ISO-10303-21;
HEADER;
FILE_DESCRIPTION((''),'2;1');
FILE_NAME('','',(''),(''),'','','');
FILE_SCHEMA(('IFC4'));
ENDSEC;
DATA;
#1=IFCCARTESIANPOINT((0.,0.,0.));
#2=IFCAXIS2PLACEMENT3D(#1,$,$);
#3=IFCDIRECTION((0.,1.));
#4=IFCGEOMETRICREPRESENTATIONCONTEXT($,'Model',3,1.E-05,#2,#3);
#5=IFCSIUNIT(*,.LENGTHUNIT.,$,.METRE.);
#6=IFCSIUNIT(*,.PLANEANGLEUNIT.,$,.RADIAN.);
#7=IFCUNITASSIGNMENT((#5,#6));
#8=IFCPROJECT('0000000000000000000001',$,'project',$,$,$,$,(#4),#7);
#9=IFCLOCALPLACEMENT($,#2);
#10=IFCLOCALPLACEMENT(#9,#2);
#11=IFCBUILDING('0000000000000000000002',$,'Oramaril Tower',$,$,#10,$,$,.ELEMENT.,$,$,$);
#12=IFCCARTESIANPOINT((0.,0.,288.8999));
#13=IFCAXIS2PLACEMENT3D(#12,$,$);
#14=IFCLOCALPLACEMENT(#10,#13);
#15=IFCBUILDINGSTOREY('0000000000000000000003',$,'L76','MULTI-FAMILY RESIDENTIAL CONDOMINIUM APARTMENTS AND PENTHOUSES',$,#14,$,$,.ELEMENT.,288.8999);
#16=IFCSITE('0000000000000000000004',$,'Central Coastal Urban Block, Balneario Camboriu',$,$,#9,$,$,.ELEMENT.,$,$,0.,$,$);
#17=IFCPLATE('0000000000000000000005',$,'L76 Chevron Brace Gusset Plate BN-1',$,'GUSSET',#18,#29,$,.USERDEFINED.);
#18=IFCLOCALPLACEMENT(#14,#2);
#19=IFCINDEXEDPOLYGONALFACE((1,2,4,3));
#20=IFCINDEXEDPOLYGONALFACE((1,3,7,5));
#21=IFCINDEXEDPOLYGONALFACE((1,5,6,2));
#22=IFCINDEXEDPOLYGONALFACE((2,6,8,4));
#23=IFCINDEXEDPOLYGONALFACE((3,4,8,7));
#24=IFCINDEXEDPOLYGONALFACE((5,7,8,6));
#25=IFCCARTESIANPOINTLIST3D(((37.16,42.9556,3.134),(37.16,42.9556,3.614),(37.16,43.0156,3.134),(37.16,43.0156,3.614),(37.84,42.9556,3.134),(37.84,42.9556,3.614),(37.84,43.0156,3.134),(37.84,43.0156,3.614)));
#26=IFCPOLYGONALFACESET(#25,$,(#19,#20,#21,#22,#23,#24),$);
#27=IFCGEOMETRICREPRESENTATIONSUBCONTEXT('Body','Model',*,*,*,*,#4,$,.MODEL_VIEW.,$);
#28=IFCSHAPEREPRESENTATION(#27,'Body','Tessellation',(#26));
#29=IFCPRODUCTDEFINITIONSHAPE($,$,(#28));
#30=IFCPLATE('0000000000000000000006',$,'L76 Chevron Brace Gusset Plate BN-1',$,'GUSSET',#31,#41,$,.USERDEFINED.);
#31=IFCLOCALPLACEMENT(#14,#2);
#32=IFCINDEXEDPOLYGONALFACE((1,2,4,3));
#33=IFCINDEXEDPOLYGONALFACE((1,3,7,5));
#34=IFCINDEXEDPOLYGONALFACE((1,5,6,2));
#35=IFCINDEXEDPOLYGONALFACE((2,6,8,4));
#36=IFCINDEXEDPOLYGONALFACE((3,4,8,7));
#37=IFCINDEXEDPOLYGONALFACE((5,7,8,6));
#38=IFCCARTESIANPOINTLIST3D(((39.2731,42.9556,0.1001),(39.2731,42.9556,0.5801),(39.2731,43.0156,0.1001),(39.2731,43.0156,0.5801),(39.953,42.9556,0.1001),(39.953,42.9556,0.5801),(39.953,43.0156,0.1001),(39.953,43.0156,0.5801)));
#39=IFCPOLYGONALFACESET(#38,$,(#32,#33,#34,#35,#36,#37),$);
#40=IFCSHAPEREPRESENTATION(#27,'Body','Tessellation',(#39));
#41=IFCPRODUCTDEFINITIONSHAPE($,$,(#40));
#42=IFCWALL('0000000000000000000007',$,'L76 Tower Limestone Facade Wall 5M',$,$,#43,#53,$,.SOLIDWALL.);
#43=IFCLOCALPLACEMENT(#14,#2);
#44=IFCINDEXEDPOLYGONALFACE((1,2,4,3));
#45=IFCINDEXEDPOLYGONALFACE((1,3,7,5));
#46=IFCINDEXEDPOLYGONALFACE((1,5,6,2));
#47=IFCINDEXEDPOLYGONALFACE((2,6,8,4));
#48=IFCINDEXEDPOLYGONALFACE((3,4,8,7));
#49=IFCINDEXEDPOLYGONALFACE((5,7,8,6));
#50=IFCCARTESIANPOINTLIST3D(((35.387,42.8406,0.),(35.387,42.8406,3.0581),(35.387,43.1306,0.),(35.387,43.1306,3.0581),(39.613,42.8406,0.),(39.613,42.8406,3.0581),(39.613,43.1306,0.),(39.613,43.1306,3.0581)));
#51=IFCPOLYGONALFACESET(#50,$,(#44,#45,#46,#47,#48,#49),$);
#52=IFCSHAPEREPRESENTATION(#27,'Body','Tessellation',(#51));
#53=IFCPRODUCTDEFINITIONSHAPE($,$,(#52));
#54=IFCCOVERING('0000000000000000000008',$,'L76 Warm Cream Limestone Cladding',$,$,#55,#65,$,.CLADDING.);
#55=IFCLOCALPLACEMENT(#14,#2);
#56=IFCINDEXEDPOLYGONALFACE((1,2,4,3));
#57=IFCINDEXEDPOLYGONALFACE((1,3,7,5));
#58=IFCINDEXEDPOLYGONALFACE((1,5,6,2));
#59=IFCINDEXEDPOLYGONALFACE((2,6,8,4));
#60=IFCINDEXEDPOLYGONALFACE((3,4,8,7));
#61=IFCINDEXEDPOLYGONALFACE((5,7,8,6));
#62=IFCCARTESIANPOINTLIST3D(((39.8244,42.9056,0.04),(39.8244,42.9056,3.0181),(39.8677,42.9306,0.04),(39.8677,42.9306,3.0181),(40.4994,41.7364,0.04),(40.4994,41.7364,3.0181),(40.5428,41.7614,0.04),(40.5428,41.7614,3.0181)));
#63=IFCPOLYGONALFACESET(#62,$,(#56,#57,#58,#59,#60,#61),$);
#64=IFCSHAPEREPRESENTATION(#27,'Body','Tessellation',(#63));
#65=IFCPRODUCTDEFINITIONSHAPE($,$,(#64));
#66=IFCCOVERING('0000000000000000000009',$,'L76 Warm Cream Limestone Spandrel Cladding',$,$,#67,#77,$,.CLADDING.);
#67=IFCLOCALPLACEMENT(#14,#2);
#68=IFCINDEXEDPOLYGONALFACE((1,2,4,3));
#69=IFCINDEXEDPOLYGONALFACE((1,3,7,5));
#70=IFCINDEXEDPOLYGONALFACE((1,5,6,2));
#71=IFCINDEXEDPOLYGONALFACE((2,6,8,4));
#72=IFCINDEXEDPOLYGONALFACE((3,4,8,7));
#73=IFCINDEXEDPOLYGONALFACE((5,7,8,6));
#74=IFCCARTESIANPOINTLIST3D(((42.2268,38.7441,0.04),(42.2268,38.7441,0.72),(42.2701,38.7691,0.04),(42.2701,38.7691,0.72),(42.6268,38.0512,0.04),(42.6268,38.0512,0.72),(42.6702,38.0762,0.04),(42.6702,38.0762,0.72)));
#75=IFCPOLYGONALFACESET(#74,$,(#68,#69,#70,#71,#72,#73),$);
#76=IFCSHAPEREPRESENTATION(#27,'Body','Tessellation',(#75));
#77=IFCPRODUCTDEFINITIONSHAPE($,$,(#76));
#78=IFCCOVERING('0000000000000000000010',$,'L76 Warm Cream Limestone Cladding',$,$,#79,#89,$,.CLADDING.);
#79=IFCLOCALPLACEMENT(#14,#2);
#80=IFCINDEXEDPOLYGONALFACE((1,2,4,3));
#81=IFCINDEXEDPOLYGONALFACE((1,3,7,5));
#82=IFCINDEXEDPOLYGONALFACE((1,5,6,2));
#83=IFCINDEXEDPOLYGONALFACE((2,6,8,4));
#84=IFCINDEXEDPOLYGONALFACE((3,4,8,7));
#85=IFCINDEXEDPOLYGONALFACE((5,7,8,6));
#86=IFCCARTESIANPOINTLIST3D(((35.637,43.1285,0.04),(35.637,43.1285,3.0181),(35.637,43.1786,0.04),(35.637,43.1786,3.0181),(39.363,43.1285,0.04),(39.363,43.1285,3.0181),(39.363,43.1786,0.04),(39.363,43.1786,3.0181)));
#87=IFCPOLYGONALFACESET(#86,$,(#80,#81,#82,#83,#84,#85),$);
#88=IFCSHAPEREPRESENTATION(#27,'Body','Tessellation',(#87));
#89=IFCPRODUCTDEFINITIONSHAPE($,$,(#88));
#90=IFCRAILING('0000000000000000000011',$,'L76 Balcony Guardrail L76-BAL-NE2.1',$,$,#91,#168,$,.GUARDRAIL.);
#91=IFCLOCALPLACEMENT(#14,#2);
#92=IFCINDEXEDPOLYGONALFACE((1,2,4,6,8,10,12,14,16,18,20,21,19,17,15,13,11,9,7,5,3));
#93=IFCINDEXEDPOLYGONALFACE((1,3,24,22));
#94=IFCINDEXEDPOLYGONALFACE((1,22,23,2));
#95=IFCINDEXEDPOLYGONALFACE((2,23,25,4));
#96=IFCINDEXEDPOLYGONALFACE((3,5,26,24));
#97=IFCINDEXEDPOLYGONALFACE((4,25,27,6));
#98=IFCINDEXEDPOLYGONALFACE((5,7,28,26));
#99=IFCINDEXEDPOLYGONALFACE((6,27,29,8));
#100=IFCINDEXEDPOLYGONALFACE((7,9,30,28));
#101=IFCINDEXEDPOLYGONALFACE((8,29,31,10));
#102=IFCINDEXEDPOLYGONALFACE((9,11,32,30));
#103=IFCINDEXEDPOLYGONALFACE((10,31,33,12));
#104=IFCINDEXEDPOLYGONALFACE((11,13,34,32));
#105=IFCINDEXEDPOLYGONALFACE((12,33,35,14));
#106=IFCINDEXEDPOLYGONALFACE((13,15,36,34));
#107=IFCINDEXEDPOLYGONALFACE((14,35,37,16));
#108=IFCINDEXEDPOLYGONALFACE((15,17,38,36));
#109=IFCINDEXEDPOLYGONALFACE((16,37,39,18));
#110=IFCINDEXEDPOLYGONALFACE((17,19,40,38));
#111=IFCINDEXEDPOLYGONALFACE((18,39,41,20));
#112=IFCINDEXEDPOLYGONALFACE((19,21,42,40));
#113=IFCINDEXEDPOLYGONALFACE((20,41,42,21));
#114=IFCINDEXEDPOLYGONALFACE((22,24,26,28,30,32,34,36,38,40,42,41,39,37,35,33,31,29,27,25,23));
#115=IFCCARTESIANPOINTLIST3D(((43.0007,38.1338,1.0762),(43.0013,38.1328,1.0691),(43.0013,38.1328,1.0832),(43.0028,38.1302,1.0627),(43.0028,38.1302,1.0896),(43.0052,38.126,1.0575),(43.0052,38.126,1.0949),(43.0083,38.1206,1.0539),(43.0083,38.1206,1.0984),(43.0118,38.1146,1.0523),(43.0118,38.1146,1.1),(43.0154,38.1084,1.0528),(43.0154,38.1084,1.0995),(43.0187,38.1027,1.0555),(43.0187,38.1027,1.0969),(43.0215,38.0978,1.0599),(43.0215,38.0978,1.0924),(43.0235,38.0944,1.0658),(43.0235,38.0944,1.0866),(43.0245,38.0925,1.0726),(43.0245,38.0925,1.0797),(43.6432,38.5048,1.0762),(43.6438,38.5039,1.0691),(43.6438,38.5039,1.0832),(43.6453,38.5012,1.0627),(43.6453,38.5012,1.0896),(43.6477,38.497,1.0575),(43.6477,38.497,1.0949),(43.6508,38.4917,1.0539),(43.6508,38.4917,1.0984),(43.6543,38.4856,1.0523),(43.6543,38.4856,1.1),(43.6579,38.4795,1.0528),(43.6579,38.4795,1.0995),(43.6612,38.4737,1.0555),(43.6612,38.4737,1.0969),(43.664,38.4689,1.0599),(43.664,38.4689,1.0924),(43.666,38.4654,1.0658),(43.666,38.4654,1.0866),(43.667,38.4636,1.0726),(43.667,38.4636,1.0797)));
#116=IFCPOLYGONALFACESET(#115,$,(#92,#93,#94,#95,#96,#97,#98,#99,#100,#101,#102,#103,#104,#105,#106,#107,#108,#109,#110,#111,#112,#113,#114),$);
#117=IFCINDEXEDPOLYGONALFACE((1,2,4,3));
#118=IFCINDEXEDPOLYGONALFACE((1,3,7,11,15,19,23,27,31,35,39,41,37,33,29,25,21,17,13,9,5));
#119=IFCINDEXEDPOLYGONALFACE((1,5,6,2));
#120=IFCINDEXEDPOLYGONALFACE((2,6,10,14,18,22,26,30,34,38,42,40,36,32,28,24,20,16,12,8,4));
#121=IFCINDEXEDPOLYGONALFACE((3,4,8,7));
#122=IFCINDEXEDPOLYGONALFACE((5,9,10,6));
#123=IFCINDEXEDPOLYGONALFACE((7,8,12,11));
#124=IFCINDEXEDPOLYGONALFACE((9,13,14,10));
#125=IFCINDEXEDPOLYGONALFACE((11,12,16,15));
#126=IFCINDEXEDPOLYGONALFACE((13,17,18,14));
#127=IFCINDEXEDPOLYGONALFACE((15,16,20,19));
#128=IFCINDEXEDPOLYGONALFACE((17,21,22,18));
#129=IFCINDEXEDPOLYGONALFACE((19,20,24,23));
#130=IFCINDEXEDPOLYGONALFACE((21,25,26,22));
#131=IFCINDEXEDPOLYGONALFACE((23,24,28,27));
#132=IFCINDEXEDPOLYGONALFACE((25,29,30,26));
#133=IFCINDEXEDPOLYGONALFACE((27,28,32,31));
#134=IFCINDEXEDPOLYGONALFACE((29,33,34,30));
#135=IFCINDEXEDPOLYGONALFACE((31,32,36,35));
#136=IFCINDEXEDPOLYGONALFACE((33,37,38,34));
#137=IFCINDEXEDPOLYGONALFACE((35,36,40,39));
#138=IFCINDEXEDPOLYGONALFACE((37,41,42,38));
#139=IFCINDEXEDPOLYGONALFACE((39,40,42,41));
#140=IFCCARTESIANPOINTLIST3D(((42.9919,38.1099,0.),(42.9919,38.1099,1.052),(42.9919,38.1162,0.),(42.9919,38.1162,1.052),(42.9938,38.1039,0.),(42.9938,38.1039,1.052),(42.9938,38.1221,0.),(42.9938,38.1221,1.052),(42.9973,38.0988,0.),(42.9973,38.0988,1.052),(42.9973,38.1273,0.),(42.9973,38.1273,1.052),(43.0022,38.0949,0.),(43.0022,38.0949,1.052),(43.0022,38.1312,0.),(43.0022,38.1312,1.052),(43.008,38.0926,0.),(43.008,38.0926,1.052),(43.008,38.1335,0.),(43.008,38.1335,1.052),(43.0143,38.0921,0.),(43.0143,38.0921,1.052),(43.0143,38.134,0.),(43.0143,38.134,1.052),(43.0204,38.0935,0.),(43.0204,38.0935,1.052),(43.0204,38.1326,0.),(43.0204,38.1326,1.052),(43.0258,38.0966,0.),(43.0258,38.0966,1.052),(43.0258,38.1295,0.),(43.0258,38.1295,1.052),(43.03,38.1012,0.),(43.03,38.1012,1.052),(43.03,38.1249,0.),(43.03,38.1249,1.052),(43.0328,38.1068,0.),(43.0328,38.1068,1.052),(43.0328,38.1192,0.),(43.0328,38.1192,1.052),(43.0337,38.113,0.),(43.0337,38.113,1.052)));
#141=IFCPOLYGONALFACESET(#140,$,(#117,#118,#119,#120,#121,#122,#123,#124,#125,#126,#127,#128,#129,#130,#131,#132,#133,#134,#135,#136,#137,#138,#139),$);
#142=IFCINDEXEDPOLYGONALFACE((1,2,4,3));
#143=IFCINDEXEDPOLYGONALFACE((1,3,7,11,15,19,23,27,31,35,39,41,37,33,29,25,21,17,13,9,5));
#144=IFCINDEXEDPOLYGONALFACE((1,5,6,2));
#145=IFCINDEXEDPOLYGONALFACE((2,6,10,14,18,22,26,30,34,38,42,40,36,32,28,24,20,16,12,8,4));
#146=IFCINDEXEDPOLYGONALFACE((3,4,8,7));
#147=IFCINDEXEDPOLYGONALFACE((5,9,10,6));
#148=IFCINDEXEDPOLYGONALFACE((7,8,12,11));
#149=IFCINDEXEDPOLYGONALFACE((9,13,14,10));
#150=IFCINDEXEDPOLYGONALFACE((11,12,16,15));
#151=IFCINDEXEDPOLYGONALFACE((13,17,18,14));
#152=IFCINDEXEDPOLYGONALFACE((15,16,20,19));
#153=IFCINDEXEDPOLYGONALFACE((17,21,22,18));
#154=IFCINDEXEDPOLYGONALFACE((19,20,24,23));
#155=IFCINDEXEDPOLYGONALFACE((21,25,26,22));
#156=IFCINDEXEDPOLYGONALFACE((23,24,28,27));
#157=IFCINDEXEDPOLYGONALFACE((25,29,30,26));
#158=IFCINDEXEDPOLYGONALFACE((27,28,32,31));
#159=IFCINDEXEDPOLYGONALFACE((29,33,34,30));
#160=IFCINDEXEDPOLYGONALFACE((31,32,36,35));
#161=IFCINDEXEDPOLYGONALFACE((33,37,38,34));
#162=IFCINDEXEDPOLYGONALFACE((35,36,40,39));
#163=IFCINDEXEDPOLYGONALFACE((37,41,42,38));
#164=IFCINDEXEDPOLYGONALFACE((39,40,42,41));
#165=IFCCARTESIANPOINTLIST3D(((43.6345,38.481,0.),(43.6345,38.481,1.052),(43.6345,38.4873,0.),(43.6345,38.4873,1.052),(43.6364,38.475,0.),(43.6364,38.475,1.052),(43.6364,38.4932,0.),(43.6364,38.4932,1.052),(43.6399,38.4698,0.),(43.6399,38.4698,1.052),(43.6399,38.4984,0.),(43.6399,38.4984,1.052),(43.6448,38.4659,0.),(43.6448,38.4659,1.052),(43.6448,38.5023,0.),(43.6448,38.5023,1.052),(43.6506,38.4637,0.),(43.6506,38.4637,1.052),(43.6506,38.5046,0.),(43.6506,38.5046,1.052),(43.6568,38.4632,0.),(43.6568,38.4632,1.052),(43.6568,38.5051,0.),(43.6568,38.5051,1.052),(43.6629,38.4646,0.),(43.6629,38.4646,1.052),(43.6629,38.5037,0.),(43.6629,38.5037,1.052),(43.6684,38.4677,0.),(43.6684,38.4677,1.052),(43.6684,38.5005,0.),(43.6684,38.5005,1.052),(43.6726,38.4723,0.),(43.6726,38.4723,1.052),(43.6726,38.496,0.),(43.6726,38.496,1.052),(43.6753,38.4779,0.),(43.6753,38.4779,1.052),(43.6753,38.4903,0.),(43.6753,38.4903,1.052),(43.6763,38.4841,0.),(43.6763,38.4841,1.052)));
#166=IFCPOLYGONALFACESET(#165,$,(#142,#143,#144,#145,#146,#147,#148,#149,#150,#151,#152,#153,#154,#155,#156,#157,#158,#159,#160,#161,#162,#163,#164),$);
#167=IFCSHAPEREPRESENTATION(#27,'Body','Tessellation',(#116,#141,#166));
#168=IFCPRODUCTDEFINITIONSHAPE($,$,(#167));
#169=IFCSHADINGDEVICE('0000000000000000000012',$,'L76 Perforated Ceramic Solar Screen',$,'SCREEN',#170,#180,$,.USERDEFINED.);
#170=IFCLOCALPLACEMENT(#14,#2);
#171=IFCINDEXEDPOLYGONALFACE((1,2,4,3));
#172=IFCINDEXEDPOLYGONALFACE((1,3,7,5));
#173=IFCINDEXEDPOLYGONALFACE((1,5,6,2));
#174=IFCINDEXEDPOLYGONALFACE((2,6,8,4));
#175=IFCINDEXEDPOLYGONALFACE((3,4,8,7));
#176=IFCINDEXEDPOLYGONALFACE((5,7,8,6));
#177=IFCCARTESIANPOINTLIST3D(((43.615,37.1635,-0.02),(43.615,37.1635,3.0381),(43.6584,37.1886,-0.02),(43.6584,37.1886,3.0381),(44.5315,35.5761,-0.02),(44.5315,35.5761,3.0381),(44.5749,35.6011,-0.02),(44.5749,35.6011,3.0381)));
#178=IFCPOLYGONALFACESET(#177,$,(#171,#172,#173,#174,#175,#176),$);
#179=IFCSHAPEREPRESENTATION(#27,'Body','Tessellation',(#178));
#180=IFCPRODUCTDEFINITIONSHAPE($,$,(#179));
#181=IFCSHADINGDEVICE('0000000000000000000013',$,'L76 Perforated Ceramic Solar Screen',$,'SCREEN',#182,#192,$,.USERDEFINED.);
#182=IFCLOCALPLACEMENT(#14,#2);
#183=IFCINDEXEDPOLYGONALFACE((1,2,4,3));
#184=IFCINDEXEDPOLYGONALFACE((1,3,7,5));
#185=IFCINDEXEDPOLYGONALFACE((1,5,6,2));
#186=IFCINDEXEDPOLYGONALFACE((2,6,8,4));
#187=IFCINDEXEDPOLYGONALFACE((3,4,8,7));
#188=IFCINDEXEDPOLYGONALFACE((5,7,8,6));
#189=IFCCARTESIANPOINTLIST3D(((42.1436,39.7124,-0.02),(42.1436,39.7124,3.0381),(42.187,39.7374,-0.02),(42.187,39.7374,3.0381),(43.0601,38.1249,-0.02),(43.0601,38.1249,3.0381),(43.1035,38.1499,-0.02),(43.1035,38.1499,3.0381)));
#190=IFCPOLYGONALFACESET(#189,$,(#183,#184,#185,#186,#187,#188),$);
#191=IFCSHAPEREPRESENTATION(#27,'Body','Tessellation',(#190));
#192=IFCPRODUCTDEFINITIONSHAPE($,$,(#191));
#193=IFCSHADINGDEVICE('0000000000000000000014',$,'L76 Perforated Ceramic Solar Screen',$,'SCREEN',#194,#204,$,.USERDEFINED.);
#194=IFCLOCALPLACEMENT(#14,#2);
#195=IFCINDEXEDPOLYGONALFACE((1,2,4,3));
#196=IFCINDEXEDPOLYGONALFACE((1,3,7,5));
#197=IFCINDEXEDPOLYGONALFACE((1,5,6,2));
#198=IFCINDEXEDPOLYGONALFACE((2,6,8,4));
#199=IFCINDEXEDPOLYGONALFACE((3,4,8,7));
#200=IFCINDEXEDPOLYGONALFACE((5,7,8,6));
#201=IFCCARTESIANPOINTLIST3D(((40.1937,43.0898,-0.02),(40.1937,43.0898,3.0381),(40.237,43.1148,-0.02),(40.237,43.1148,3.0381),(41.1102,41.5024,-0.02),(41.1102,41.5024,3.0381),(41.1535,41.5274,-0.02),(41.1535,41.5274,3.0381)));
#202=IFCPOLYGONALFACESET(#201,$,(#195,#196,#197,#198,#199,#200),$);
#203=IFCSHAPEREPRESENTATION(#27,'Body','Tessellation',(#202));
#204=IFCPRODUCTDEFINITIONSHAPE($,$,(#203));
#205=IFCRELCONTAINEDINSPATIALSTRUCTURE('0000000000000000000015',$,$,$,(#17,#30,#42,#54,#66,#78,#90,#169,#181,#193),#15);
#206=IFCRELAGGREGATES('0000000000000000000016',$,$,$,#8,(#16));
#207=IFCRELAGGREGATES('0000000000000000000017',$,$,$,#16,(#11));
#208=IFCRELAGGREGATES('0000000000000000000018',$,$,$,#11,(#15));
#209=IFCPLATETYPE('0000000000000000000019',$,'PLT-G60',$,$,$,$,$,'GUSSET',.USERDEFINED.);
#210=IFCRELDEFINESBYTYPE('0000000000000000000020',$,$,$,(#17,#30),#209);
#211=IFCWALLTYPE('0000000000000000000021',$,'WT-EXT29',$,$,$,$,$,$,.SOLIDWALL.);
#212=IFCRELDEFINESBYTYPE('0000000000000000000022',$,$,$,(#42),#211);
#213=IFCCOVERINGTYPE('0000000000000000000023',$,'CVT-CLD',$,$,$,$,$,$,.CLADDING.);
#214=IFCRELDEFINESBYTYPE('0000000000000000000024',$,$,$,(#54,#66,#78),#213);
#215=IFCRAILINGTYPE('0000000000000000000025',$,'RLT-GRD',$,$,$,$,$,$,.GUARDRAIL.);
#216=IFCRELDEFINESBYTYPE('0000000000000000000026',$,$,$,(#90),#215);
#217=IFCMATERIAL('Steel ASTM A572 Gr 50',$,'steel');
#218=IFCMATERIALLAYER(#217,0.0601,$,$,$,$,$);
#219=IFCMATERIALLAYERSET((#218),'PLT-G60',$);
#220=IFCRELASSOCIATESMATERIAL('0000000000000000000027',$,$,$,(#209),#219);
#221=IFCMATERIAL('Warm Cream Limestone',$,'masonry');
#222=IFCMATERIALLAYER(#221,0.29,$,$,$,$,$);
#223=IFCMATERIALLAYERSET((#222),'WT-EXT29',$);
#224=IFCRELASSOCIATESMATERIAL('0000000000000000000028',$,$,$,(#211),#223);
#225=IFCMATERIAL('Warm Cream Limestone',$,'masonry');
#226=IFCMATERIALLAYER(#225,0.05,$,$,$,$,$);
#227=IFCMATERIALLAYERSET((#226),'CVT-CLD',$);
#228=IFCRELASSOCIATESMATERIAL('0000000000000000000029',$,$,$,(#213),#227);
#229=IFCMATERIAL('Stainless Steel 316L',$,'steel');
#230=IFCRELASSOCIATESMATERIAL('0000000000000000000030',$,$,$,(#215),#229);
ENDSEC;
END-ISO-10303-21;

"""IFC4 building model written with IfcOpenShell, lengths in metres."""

from ifc_helpers import new_model, si_unit, direction, frame, frame_2d, origin, origin_2d, place, context, subcontext, project, spatial, rectangle, circle, extrude, material, layer, layer_set, type_object, element, save


model = new_model("IFC4")

# Units and contexts
model_context = context("Model", 3, precision=1e-05, world=origin(), true_north=direction((0.0, 1.0)))
body_context = subcontext(model_context, "Body", "Model", "MODEL_VIEW")
ifc_project = project(units=[si_unit("LENGTHUNIT", "METRE"), si_unit("PLANEANGLEUNIT", "RADIAN")], contexts=[model_context])

# Site, building, storey
site_placement = place(None, origin())
site = spatial("IfcSite", under=ifc_project, at=site_placement, Name="Central Coastal Urban Block, Balneario Camboriu", CompositionType="ELEMENT", RefElevation=0.0)
building_placement = place(site_placement, origin())
building = spatial("IfcBuilding", under=site, at=building_placement, Name="Oramaril Tower", CompositionType="ELEMENT")
storey_placement = place(building_placement, frame((0.0, 0.0, 288.8999)))
storey = spatial("IfcBuildingStorey", under=building, at=storey_placement, Name="L76", Description="MULTI-FAMILY RESIDENTIAL CONDOMINIUM APARTMENTS AND PENTHOUSES", CompositionType="ELEMENT", Elevation=288.8999)

# Plates
ifc_material_1 = material(Name="Steel ASTM A572 Gr 50", Category="steel")
ifc_layer_1 = layer(ifc_material_1, 0.0601)
ifc_layer_set_1 = layer_set([ifc_layer_1], Name="PLT-G60")
plate_type = type_object("IfcPlateType", Name="PLT-G60", ElementType="GUSSET", PredefinedType="USERDEFINED", material=ifc_layer_set_1)
for number, where, z_axis, x_axis, name in (
    (1, (37.5, 42.9856, 3.134), (0.0, 0.0, 1.0), (-1.0, 0.0, 0.0), "L76 Chevron Brace Gusset Plate BN-1"),
    (2, (39.613, 42.9856, 0.1001), (0.0, 0.0, 1.0), (-1.0, 0.0, 0.0), "L76 Chevron Brace Gusset Plate BN-1"),
):
    element("IfcPlate", number, at=place(storey_placement, frame(where, z_axis=z_axis, x_axis=x_axis)), inside=storey, type_object=plate_type, Name=name, ObjectType="GUSSET", PredefinedType="USERDEFINED", context=body_context, shape_type="SweptSolid", body=[
        extrude(rectangle(XDim=0.6799, YDim=0.0601, at=origin_2d()), origin(), (0.0, 0.0, 1.0), 0.48),
    ])

# Wall
ifc_material_2 = material(Name="Warm Cream Limestone", Category="masonry")
ifc_layer_2 = layer(ifc_material_2, 0.29)
ifc_layer_set_2 = layer_set([ifc_layer_2], Name="WT-EXT29")
wall_type = type_object("IfcWallType", Name="WT-EXT29", PredefinedType="SOLIDWALL", material=ifc_layer_set_2)
wall_placement = place(storey_placement, frame((39.613, 42.9856, 0.0), z_axis=(0.0, 0.0, 1.0), x_axis=(-1.0, 0.0, 0.0)))
element("IfcWall", 3, at=wall_placement, inside=storey, type_object=wall_type, Name="L76 Tower Limestone Facade Wall 5M", PredefinedType="SOLIDWALL", context=body_context, shape_type="SweptSolid", body=[
    extrude(rectangle(XDim=4.2261, YDim=0.29, at=frame_2d((2.113, 0.0))), origin(), (0.0, 0.0, 1.0), 3.0581),
])

# Coverings
ifc_material_3 = material(Name="Warm Cream Limestone", Category="masonry")
ifc_layer_3 = layer(ifc_material_3, 0.05)
ifc_layer_set_3 = layer_set([ifc_layer_3], Name="CVT-CLD")
covering_type = type_object("IfcCoveringType", Name="CVT-CLD", PredefinedType="CLADDING", material=ifc_layer_set_3)
covering_1_placement = place(storey_placement, frame((40.1836, 42.3335, 0.04), z_axis=(0.0, 0.0, 1.0), x_axis=(-0.499998, 0.866026, 0.0)))
element("IfcCovering", 4, at=covering_1_placement, inside=storey, type_object=covering_type, Name="L76 Warm Cream Limestone Cladding", PredefinedType="CLADDING", context=body_context, shape_type="SweptSolid", body=[
    extrude(rectangle(XDim=1.3501, YDim=0.05, at=origin_2d()), origin(), (0.0, 0.0, 1.0), 2.978),
])
covering_2_placement = place(storey_placement, frame((42.4485, 38.4102, 0.04), z_axis=(0.0, 0.0, 1.0), x_axis=(-0.499998, 0.866026, 0.0)))
element("IfcCovering", 5, at=covering_2_placement, inside=storey, type_object=covering_type, Name="L76 Warm Cream Limestone Spandrel Cladding", PredefinedType="CLADDING", context=body_context, shape_type="SweptSolid", body=[
    extrude(rectangle(XDim=0.8, YDim=0.05, at=origin_2d()), origin(), (0.0, 0.0, 1.0), 0.6799),
])
covering_3_placement = place(storey_placement, frame((37.5, 43.1536, 0.04), z_axis=(0.0, 0.0, 1.0), x_axis=(-1.0, 0.0, 0.0)))
element("IfcCovering", 6, at=covering_3_placement, inside=storey, type_object=covering_type, Name="L76 Warm Cream Limestone Cladding", PredefinedType="CLADDING", context=body_context, shape_type="SweptSolid", body=[
    extrude(rectangle(XDim=3.7261, YDim=0.05, at=origin_2d()), origin(), (0.0, 0.0, 1.0), 2.978),
])

# Railing
ifc_material_4 = material(Name="Stainless Steel 316L", Category="steel")
railing_type = type_object("IfcRailingType", Name="RLT-GRD", PredefinedType="GUARDRAIL", material=ifc_material_4)
railing_1_placement = place(storey_placement, frame((43.0127, 38.113, 0.0)))
element("IfcRailing", 7, at=railing_1_placement, inside=storey, type_object=railing_type, Name="L76 Balcony Guardrail L76-BAL-NE2.1", PredefinedType="GUARDRAIL", context=body_context, shape_type="SweptSolid", body=[
    extrude(circle(Radius=0.0239, at=origin_2d()), frame((0.0, 0.0, 1.0762), z_axis=(0.865966, 0.500102, 0.0), x_axis=(-0.500102, 0.865966, 0.0)), (0.0, 0.0, 1.0), 0.7419),
    extrude(circle(Radius=0.021, at=origin_2d()), origin(), (0.0, 0.0, 1.0), 1.052),
    extrude(circle(Radius=0.021, at=origin_2d()), frame((0.6426, 0.3711, 0.0)), (0.0, 0.0, 1.0), 1.052),
])

# Shading devices
for number, where, z_axis, x_axis, name in (
    (8, (44.095, 36.3823, -0.02), (0.0, 0.0, 1.0), (-0.499997, 0.866027, 0.0), "L76 Perforated Ceramic Solar Screen"),
    (9, (42.6235, 38.9312, -0.02), (0.0, 0.0, 1.0), (-0.499997, 0.866027, 0.0), "L76 Perforated Ceramic Solar Screen"),
    (10, (40.6736, 42.3086, -0.02), (0.0, 0.0, 1.0), (-0.499997, 0.866027, 0.0), "L76 Perforated Ceramic Solar Screen"),
):
    element("IfcShadingDevice", number, at=place(storey_placement, frame(where, z_axis=z_axis, x_axis=x_axis)), inside=storey, Name=name, ObjectType="SCREEN", PredefinedType="USERDEFINED", context=body_context, shape_type="SweptSolid", body=[
        extrude(rectangle(XDim=1.833, YDim=0.05, at=origin_2d()), origin(), (0.0, 0.0, 1.0), 3.0581),
    ])

save(model, "model.ifc")
